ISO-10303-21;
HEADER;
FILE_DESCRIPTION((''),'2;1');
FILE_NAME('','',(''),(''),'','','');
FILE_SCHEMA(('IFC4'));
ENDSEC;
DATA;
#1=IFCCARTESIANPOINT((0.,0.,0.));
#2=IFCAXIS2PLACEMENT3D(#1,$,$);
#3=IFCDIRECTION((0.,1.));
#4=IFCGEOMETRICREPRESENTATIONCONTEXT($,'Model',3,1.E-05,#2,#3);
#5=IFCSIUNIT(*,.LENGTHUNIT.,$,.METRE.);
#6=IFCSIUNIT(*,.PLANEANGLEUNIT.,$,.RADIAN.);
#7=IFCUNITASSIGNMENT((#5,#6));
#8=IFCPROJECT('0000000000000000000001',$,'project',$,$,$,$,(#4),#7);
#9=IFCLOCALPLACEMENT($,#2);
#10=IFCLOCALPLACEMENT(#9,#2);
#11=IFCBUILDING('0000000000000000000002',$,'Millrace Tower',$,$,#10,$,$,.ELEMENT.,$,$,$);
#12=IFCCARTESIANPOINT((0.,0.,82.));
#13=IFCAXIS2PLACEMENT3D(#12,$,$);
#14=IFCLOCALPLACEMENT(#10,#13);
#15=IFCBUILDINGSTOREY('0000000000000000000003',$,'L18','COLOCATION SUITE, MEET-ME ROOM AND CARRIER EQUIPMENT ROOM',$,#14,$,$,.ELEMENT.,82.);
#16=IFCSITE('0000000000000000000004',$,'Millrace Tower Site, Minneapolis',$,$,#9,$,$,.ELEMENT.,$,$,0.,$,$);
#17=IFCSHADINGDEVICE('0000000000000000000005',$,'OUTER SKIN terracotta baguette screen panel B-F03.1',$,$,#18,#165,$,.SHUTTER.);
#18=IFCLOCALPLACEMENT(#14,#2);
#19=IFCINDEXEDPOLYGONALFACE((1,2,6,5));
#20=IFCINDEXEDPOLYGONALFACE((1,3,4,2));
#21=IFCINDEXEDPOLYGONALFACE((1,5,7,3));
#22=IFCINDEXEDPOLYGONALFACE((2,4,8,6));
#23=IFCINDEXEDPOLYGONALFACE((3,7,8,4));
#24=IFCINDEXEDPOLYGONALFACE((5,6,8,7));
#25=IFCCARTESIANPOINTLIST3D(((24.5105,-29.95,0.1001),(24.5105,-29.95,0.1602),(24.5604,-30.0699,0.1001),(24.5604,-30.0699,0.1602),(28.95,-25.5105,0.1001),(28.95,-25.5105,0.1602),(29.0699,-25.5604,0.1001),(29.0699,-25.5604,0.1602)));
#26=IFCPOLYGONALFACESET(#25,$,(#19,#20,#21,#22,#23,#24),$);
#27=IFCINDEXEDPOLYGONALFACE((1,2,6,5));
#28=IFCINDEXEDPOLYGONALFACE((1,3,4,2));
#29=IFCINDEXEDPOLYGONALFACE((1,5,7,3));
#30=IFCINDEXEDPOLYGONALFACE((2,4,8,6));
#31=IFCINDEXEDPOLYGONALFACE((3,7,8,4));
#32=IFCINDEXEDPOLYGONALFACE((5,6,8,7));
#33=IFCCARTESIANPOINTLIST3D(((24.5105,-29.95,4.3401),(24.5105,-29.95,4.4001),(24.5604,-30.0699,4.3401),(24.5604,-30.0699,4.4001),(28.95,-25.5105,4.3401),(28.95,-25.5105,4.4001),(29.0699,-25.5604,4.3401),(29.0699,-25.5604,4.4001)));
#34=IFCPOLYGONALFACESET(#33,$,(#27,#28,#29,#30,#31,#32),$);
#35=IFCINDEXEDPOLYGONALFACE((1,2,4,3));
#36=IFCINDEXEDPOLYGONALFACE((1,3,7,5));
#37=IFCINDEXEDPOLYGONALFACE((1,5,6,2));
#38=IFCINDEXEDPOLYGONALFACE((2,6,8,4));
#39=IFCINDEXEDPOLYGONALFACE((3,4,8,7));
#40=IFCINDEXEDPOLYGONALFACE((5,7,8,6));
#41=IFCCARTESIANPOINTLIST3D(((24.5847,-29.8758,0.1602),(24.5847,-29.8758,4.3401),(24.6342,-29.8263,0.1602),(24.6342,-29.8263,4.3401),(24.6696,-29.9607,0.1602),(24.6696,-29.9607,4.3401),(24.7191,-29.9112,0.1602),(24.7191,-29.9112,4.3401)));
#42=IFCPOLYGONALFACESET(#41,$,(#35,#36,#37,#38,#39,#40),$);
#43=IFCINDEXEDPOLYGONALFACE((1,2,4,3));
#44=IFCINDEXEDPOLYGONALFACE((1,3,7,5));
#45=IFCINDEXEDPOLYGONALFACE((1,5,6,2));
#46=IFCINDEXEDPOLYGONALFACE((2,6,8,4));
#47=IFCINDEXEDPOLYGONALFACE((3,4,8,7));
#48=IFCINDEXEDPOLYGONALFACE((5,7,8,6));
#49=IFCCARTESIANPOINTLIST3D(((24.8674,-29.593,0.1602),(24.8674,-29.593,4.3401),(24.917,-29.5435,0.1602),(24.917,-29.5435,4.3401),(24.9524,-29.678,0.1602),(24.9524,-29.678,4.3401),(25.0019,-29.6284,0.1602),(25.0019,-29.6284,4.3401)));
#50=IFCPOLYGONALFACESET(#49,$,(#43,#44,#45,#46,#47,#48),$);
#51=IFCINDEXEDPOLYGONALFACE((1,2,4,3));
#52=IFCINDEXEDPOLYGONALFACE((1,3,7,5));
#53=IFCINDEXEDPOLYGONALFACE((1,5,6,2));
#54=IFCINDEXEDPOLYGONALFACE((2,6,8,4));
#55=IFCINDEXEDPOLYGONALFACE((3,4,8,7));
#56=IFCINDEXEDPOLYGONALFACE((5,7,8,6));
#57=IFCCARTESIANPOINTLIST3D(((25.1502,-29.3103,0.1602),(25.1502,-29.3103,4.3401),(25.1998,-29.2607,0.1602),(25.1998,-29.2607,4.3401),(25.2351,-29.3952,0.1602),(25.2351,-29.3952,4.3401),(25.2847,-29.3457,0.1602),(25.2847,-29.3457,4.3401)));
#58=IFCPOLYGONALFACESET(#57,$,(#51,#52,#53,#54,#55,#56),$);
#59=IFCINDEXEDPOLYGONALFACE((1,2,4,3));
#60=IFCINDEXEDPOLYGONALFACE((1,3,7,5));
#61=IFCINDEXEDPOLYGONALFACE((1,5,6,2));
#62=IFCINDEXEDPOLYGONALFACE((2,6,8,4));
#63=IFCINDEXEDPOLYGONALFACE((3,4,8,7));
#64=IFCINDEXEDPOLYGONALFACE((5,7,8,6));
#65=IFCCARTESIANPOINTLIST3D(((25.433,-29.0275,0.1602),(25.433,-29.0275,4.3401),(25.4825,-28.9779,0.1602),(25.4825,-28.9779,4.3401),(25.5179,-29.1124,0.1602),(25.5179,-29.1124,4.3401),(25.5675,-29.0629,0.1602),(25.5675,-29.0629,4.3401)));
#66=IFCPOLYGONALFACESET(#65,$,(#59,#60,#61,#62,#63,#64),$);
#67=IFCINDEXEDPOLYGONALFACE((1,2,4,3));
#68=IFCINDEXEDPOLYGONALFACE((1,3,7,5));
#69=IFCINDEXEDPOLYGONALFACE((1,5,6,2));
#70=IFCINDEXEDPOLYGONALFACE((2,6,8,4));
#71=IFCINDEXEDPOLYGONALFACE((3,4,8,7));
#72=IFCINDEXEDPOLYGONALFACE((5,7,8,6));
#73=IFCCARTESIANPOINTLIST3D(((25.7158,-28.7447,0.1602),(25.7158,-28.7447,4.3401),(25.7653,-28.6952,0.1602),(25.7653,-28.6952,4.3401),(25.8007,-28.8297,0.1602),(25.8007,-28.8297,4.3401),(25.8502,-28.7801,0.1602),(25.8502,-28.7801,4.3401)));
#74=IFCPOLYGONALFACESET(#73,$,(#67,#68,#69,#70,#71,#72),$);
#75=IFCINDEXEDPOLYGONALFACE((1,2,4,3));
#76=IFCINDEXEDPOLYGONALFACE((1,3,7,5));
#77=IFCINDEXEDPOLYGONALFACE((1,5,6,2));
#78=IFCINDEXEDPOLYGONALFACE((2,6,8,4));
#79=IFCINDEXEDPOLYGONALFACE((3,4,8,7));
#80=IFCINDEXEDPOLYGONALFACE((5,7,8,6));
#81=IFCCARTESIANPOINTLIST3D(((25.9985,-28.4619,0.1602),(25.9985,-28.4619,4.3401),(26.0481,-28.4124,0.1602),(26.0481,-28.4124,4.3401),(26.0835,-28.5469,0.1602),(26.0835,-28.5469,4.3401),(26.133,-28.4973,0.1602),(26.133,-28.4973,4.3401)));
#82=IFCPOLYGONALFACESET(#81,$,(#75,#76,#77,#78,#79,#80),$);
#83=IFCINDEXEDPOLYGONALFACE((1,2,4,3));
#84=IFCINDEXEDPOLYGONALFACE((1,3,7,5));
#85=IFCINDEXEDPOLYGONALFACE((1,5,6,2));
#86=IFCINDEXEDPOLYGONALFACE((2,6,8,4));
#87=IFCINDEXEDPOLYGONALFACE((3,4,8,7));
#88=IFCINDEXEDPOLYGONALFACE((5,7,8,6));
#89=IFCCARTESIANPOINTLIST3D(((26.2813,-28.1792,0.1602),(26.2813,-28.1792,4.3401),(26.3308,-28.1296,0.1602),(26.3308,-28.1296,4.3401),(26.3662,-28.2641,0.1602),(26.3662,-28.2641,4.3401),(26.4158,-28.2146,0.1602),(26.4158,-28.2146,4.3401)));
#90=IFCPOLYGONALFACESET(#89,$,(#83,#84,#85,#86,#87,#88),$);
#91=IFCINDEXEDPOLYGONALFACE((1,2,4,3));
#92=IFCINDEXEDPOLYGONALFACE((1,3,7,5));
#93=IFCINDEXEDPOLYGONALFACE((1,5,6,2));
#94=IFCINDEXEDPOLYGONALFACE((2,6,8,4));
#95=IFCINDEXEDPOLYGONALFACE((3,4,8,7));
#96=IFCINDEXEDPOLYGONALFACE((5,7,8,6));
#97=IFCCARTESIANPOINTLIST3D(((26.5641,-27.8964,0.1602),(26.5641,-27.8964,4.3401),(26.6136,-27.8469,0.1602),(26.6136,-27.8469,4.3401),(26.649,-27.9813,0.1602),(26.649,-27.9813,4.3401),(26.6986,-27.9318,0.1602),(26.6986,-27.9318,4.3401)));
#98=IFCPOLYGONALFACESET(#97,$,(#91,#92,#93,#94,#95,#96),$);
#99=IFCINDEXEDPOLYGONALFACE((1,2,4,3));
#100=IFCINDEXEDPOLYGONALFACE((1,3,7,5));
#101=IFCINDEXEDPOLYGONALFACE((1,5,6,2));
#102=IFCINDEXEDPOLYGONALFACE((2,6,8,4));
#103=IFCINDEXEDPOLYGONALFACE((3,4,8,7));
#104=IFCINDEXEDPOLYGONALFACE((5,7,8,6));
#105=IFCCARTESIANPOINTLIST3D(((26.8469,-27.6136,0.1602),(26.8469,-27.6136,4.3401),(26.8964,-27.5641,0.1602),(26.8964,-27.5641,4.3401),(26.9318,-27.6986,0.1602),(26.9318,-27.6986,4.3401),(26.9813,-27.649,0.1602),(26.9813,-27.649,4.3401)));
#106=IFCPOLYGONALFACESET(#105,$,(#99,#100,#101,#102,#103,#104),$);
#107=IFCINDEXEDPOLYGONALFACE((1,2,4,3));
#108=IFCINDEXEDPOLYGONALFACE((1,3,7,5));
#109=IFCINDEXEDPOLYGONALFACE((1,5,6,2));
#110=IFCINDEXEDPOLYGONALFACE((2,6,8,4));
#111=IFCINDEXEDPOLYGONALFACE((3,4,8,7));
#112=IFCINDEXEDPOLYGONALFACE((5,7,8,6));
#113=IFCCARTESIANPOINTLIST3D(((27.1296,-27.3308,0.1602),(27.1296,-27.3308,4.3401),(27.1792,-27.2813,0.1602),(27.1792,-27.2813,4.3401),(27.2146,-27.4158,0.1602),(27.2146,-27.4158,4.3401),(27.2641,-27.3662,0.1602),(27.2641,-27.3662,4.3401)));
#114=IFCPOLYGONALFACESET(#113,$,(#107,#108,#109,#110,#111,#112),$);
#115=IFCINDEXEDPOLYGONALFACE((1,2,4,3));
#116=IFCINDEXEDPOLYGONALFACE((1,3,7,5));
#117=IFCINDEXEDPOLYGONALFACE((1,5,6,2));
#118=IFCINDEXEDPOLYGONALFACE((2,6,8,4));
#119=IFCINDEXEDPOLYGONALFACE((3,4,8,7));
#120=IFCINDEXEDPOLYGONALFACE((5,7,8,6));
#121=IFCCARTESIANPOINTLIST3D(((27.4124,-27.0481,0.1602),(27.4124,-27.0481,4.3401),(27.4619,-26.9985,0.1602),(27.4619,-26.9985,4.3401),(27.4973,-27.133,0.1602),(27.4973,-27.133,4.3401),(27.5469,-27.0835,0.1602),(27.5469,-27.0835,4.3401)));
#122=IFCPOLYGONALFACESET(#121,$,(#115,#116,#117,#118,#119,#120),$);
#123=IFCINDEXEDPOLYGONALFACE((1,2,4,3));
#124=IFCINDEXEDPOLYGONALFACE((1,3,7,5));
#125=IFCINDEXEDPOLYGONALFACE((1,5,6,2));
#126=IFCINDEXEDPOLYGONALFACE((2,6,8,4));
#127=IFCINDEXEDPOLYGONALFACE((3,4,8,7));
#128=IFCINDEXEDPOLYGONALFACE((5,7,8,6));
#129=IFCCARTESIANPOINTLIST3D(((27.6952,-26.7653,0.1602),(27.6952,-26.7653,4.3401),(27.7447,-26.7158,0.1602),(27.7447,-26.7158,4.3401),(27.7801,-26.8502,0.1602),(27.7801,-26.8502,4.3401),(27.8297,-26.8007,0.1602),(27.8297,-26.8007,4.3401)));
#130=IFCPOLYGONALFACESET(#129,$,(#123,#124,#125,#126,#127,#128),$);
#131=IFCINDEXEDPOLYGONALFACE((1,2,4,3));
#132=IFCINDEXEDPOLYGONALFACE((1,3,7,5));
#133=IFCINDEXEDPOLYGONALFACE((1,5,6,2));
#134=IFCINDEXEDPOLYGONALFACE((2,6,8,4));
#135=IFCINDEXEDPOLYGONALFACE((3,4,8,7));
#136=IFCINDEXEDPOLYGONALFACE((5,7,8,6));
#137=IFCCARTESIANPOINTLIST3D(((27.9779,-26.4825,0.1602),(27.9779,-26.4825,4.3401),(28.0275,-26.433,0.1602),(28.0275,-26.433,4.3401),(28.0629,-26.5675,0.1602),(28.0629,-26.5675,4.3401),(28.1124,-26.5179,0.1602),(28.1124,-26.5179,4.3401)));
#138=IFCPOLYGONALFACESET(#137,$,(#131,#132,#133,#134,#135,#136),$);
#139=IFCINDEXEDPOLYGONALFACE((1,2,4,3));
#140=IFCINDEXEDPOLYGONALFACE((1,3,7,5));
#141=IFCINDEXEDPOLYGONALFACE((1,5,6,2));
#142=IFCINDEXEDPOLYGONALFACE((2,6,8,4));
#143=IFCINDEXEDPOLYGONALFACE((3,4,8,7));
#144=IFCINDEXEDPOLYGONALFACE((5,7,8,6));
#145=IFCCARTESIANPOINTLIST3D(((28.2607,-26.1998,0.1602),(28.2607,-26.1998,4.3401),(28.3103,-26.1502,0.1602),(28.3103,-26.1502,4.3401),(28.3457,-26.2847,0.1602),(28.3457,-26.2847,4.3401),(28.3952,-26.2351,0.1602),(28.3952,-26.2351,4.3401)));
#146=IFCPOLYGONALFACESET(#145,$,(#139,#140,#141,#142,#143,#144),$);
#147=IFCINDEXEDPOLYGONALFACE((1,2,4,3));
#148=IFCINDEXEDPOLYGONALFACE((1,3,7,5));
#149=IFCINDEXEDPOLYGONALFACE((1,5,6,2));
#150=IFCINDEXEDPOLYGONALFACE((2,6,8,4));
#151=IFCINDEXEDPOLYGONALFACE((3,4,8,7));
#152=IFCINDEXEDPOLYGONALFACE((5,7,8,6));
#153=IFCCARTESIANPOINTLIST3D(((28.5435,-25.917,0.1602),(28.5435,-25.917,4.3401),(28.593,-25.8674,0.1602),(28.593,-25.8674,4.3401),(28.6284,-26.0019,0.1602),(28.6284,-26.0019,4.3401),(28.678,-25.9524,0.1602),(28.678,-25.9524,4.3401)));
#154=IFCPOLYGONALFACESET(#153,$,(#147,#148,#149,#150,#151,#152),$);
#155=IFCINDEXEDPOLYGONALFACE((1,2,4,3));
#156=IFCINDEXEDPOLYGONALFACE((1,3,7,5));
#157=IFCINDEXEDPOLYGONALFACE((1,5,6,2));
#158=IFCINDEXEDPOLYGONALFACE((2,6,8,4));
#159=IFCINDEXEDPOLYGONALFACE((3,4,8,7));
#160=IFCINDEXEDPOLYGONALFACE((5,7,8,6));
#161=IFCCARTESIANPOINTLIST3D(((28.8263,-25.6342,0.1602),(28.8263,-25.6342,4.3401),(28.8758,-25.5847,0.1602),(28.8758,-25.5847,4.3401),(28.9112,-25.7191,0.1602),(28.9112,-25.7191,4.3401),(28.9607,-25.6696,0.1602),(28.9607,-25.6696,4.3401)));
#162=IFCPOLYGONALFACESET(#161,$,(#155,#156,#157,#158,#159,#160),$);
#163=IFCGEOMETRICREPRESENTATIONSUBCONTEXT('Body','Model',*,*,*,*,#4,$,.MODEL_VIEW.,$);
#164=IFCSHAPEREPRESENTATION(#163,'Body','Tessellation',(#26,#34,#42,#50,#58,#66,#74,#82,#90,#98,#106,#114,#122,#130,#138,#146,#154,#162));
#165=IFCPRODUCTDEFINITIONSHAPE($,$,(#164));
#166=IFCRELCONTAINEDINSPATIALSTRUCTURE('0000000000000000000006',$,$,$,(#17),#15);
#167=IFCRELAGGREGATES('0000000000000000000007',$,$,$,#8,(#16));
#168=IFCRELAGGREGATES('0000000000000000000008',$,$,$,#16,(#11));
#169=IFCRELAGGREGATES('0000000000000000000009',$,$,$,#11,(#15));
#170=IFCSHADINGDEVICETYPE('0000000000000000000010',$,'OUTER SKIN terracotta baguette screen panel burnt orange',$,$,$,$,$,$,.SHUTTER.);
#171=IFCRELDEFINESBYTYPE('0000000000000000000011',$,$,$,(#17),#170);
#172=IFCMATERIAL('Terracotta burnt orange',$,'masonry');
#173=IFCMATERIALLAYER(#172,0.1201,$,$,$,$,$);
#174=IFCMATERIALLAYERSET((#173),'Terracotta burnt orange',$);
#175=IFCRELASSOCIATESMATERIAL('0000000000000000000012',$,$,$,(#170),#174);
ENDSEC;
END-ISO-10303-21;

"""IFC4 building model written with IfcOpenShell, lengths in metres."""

from ifc_helpers import new_model, entity, si_unit, direction, frame, frame_2d, origin, place, context, subcontext, project, spatial, rectangle, extrude, source, transform, mapped, material, layer, layer_set, type_object, element, save


model = new_model("IFC4")

# Units and contexts
model_context = context("Model", 3, precision=1e-05, world=origin(), true_north=direction((0.0, 1.0)))
body_context = subcontext(model_context, "Body", "Model", "MODEL_VIEW")
ifc_project = project(units=[si_unit("LENGTHUNIT", "METRE"), si_unit("PLANEANGLEUNIT", "RADIAN")], contexts=[model_context])

# Site, building, storey
site_placement = place(None, origin())
site = spatial("IfcSite", under=ifc_project, at=site_placement, Name="Millrace Tower Site, Minneapolis", CompositionType="ELEMENT", RefElevation=0.0)
building_placement = place(site_placement, origin())
building = spatial("IfcBuilding", under=site, at=building_placement, Name="Millrace Tower", CompositionType="ELEMENT")
storey_placement = place(building_placement, frame((0.0, 0.0, 82.0)))
storey = spatial("IfcBuildingStorey", under=building, at=storey_placement, Name="L18", Description="COLOCATION SUITE, MEET-ME ROOM AND CARRIER EQUIPMENT ROOM", CompositionType="ELEMENT", Elevation=82.0)

# Shading device
ifc_material_1 = material(Name="Terracotta burnt orange", Category="masonry")
ifc_layer_1 = layer(ifc_material_1, 0.1201)
ifc_layer_set_1 = layer_set([ifc_layer_1], Name="Terracotta burnt orange")
shading_device_type = type_object("IfcShadingDeviceType", Name="OUTER SKIN terracotta baguette screen panel burnt orange", PredefinedType="SHUTTER", material=ifc_layer_set_1)
cartesian_point_1 = entity("IfcCartesianPoint", [-3.1392, 0.0601])
shared_polyline_1 = entity("IfcPolyline", [cartesian_point_1, entity("IfcCartesianPoint", [3.1392, 0.0601]), entity("IfcCartesianPoint", [3.1887, -0.0601]), entity("IfcCartesianPoint", [-3.1887, -0.0601]), cartesian_point_1])
shared_shape_1 = source(origin(), body_context, "Body", "SweptSolid", [
    entity("IfcExtrudedAreaSolid", entity("IfcArbitraryClosedProfileDef", "AREA", None, shared_polyline_1), entity("IfcAxis2Placement3D", entity("IfcCartesianPoint", [0.0, 0.0, 0.0])), entity("IfcDirection", [0.0, 0.0, 1.0]), 0.0601),
    entity("IfcExtrudedAreaSolid", entity("IfcArbitraryClosedProfileDef", "AREA", None, shared_polyline_1), entity("IfcAxis2Placement3D", entity("IfcCartesianPoint", [0.0, 0.0, 4.24])), entity("IfcDirection", [0.0, 0.0, 1.0]), 0.0601),
    extrude(rectangle(XDim=0.0701, YDim=0.1201, at=frame_2d((-2.9993, 0.0))), frame((0.0, 0.0, 0.0601)), (0.0, 0.0, 1.0), 4.1799),
    extrude(rectangle(XDim=0.0701, YDim=0.1201, at=frame_2d((-2.5994, 0.0))), frame((0.0, 0.0, 0.0601)), (0.0, 0.0, 1.0), 4.1799),
    extrude(rectangle(XDim=0.0701, YDim=0.1201, at=frame_2d((-2.1995, 0.0))), frame((0.0, 0.0, 0.0601)), (0.0, 0.0, 1.0), 4.1799),
    extrude(rectangle(XDim=0.0701, YDim=0.1201, at=frame_2d((-1.7996, 0.0))), frame((0.0, 0.0, 0.0601)), (0.0, 0.0, 1.0), 4.1799),
    extrude(rectangle(XDim=0.0701, YDim=0.1201, at=frame_2d((-1.3997, 0.0))), frame((0.0, 0.0, 0.0601)), (0.0, 0.0, 1.0), 4.1799),
    extrude(rectangle(XDim=0.0701, YDim=0.1201, at=frame_2d((-0.9998, 0.0))), frame((0.0, 0.0, 0.0601)), (0.0, 0.0, 1.0), 4.1799),
    extrude(rectangle(XDim=0.0701, YDim=0.1201, at=frame_2d((-0.5999, 0.0))), frame((0.0, 0.0, 0.0601)), (0.0, 0.0, 1.0), 4.1799),
    extrude(rectangle(XDim=0.0701, YDim=0.1201, at=frame_2d((-0.2, 0.0))), frame((0.0, 0.0, 0.0601)), (0.0, 0.0, 1.0), 4.1799),
    extrude(rectangle(XDim=0.0701, YDim=0.1201, at=frame_2d((0.2, 0.0))), frame((0.0, 0.0, 0.0601)), (0.0, 0.0, 1.0), 4.1799),
    extrude(rectangle(XDim=0.0701, YDim=0.1201, at=frame_2d((0.5999, 0.0))), frame((0.0, 0.0, 0.0601)), (0.0, 0.0, 1.0), 4.1799),
    extrude(rectangle(XDim=0.0701, YDim=0.1201, at=frame_2d((0.9998, 0.0))), frame((0.0, 0.0, 0.0601)), (0.0, 0.0, 1.0), 4.1799),
    extrude(rectangle(XDim=0.0701, YDim=0.1201, at=frame_2d((1.3997, 0.0))), frame((0.0, 0.0, 0.0601)), (0.0, 0.0, 1.0), 4.1799),
    extrude(rectangle(XDim=0.0701, YDim=0.1201, at=frame_2d((1.7996, 0.0))), frame((0.0, 0.0, 0.0601)), (0.0, 0.0, 1.0), 4.1799),
    extrude(rectangle(XDim=0.0701, YDim=0.1201, at=frame_2d((2.1995, 0.0))), frame((0.0, 0.0, 0.0601)), (0.0, 0.0, 1.0), 4.1799),
    extrude(rectangle(XDim=0.0701, YDim=0.1201, at=frame_2d((2.5994, 0.0))), frame((0.0, 0.0, 0.0601)), (0.0, 0.0, 1.0), 4.1799),
    extrude(rectangle(XDim=0.0701, YDim=0.1201, at=frame_2d((2.9993, 0.0))), frame((0.0, 0.0, 0.0601)), (0.0, 0.0, 1.0), 4.1799),
])
shading_device_1_placement = place(storey_placement, frame((26.7727, -27.7727, 0.1001), z_axis=(0.0, 0.0, 1.0), x_axis=(0.707107, 0.707107, 0.0)))
element("IfcShadingDevice", 1, at=shading_device_1_placement, inside=storey, type_object=shading_device_type, Name="OUTER SKIN terracotta baguette screen panel B-F03.1", PredefinedType="SHUTTER", context=body_context, shape_type="MappedRepresentation", body=[
    mapped(shared_shape_1, transform((0.0, 0.0, 0.0), scale=1.0)),
])

save(model, "model.ifc")
